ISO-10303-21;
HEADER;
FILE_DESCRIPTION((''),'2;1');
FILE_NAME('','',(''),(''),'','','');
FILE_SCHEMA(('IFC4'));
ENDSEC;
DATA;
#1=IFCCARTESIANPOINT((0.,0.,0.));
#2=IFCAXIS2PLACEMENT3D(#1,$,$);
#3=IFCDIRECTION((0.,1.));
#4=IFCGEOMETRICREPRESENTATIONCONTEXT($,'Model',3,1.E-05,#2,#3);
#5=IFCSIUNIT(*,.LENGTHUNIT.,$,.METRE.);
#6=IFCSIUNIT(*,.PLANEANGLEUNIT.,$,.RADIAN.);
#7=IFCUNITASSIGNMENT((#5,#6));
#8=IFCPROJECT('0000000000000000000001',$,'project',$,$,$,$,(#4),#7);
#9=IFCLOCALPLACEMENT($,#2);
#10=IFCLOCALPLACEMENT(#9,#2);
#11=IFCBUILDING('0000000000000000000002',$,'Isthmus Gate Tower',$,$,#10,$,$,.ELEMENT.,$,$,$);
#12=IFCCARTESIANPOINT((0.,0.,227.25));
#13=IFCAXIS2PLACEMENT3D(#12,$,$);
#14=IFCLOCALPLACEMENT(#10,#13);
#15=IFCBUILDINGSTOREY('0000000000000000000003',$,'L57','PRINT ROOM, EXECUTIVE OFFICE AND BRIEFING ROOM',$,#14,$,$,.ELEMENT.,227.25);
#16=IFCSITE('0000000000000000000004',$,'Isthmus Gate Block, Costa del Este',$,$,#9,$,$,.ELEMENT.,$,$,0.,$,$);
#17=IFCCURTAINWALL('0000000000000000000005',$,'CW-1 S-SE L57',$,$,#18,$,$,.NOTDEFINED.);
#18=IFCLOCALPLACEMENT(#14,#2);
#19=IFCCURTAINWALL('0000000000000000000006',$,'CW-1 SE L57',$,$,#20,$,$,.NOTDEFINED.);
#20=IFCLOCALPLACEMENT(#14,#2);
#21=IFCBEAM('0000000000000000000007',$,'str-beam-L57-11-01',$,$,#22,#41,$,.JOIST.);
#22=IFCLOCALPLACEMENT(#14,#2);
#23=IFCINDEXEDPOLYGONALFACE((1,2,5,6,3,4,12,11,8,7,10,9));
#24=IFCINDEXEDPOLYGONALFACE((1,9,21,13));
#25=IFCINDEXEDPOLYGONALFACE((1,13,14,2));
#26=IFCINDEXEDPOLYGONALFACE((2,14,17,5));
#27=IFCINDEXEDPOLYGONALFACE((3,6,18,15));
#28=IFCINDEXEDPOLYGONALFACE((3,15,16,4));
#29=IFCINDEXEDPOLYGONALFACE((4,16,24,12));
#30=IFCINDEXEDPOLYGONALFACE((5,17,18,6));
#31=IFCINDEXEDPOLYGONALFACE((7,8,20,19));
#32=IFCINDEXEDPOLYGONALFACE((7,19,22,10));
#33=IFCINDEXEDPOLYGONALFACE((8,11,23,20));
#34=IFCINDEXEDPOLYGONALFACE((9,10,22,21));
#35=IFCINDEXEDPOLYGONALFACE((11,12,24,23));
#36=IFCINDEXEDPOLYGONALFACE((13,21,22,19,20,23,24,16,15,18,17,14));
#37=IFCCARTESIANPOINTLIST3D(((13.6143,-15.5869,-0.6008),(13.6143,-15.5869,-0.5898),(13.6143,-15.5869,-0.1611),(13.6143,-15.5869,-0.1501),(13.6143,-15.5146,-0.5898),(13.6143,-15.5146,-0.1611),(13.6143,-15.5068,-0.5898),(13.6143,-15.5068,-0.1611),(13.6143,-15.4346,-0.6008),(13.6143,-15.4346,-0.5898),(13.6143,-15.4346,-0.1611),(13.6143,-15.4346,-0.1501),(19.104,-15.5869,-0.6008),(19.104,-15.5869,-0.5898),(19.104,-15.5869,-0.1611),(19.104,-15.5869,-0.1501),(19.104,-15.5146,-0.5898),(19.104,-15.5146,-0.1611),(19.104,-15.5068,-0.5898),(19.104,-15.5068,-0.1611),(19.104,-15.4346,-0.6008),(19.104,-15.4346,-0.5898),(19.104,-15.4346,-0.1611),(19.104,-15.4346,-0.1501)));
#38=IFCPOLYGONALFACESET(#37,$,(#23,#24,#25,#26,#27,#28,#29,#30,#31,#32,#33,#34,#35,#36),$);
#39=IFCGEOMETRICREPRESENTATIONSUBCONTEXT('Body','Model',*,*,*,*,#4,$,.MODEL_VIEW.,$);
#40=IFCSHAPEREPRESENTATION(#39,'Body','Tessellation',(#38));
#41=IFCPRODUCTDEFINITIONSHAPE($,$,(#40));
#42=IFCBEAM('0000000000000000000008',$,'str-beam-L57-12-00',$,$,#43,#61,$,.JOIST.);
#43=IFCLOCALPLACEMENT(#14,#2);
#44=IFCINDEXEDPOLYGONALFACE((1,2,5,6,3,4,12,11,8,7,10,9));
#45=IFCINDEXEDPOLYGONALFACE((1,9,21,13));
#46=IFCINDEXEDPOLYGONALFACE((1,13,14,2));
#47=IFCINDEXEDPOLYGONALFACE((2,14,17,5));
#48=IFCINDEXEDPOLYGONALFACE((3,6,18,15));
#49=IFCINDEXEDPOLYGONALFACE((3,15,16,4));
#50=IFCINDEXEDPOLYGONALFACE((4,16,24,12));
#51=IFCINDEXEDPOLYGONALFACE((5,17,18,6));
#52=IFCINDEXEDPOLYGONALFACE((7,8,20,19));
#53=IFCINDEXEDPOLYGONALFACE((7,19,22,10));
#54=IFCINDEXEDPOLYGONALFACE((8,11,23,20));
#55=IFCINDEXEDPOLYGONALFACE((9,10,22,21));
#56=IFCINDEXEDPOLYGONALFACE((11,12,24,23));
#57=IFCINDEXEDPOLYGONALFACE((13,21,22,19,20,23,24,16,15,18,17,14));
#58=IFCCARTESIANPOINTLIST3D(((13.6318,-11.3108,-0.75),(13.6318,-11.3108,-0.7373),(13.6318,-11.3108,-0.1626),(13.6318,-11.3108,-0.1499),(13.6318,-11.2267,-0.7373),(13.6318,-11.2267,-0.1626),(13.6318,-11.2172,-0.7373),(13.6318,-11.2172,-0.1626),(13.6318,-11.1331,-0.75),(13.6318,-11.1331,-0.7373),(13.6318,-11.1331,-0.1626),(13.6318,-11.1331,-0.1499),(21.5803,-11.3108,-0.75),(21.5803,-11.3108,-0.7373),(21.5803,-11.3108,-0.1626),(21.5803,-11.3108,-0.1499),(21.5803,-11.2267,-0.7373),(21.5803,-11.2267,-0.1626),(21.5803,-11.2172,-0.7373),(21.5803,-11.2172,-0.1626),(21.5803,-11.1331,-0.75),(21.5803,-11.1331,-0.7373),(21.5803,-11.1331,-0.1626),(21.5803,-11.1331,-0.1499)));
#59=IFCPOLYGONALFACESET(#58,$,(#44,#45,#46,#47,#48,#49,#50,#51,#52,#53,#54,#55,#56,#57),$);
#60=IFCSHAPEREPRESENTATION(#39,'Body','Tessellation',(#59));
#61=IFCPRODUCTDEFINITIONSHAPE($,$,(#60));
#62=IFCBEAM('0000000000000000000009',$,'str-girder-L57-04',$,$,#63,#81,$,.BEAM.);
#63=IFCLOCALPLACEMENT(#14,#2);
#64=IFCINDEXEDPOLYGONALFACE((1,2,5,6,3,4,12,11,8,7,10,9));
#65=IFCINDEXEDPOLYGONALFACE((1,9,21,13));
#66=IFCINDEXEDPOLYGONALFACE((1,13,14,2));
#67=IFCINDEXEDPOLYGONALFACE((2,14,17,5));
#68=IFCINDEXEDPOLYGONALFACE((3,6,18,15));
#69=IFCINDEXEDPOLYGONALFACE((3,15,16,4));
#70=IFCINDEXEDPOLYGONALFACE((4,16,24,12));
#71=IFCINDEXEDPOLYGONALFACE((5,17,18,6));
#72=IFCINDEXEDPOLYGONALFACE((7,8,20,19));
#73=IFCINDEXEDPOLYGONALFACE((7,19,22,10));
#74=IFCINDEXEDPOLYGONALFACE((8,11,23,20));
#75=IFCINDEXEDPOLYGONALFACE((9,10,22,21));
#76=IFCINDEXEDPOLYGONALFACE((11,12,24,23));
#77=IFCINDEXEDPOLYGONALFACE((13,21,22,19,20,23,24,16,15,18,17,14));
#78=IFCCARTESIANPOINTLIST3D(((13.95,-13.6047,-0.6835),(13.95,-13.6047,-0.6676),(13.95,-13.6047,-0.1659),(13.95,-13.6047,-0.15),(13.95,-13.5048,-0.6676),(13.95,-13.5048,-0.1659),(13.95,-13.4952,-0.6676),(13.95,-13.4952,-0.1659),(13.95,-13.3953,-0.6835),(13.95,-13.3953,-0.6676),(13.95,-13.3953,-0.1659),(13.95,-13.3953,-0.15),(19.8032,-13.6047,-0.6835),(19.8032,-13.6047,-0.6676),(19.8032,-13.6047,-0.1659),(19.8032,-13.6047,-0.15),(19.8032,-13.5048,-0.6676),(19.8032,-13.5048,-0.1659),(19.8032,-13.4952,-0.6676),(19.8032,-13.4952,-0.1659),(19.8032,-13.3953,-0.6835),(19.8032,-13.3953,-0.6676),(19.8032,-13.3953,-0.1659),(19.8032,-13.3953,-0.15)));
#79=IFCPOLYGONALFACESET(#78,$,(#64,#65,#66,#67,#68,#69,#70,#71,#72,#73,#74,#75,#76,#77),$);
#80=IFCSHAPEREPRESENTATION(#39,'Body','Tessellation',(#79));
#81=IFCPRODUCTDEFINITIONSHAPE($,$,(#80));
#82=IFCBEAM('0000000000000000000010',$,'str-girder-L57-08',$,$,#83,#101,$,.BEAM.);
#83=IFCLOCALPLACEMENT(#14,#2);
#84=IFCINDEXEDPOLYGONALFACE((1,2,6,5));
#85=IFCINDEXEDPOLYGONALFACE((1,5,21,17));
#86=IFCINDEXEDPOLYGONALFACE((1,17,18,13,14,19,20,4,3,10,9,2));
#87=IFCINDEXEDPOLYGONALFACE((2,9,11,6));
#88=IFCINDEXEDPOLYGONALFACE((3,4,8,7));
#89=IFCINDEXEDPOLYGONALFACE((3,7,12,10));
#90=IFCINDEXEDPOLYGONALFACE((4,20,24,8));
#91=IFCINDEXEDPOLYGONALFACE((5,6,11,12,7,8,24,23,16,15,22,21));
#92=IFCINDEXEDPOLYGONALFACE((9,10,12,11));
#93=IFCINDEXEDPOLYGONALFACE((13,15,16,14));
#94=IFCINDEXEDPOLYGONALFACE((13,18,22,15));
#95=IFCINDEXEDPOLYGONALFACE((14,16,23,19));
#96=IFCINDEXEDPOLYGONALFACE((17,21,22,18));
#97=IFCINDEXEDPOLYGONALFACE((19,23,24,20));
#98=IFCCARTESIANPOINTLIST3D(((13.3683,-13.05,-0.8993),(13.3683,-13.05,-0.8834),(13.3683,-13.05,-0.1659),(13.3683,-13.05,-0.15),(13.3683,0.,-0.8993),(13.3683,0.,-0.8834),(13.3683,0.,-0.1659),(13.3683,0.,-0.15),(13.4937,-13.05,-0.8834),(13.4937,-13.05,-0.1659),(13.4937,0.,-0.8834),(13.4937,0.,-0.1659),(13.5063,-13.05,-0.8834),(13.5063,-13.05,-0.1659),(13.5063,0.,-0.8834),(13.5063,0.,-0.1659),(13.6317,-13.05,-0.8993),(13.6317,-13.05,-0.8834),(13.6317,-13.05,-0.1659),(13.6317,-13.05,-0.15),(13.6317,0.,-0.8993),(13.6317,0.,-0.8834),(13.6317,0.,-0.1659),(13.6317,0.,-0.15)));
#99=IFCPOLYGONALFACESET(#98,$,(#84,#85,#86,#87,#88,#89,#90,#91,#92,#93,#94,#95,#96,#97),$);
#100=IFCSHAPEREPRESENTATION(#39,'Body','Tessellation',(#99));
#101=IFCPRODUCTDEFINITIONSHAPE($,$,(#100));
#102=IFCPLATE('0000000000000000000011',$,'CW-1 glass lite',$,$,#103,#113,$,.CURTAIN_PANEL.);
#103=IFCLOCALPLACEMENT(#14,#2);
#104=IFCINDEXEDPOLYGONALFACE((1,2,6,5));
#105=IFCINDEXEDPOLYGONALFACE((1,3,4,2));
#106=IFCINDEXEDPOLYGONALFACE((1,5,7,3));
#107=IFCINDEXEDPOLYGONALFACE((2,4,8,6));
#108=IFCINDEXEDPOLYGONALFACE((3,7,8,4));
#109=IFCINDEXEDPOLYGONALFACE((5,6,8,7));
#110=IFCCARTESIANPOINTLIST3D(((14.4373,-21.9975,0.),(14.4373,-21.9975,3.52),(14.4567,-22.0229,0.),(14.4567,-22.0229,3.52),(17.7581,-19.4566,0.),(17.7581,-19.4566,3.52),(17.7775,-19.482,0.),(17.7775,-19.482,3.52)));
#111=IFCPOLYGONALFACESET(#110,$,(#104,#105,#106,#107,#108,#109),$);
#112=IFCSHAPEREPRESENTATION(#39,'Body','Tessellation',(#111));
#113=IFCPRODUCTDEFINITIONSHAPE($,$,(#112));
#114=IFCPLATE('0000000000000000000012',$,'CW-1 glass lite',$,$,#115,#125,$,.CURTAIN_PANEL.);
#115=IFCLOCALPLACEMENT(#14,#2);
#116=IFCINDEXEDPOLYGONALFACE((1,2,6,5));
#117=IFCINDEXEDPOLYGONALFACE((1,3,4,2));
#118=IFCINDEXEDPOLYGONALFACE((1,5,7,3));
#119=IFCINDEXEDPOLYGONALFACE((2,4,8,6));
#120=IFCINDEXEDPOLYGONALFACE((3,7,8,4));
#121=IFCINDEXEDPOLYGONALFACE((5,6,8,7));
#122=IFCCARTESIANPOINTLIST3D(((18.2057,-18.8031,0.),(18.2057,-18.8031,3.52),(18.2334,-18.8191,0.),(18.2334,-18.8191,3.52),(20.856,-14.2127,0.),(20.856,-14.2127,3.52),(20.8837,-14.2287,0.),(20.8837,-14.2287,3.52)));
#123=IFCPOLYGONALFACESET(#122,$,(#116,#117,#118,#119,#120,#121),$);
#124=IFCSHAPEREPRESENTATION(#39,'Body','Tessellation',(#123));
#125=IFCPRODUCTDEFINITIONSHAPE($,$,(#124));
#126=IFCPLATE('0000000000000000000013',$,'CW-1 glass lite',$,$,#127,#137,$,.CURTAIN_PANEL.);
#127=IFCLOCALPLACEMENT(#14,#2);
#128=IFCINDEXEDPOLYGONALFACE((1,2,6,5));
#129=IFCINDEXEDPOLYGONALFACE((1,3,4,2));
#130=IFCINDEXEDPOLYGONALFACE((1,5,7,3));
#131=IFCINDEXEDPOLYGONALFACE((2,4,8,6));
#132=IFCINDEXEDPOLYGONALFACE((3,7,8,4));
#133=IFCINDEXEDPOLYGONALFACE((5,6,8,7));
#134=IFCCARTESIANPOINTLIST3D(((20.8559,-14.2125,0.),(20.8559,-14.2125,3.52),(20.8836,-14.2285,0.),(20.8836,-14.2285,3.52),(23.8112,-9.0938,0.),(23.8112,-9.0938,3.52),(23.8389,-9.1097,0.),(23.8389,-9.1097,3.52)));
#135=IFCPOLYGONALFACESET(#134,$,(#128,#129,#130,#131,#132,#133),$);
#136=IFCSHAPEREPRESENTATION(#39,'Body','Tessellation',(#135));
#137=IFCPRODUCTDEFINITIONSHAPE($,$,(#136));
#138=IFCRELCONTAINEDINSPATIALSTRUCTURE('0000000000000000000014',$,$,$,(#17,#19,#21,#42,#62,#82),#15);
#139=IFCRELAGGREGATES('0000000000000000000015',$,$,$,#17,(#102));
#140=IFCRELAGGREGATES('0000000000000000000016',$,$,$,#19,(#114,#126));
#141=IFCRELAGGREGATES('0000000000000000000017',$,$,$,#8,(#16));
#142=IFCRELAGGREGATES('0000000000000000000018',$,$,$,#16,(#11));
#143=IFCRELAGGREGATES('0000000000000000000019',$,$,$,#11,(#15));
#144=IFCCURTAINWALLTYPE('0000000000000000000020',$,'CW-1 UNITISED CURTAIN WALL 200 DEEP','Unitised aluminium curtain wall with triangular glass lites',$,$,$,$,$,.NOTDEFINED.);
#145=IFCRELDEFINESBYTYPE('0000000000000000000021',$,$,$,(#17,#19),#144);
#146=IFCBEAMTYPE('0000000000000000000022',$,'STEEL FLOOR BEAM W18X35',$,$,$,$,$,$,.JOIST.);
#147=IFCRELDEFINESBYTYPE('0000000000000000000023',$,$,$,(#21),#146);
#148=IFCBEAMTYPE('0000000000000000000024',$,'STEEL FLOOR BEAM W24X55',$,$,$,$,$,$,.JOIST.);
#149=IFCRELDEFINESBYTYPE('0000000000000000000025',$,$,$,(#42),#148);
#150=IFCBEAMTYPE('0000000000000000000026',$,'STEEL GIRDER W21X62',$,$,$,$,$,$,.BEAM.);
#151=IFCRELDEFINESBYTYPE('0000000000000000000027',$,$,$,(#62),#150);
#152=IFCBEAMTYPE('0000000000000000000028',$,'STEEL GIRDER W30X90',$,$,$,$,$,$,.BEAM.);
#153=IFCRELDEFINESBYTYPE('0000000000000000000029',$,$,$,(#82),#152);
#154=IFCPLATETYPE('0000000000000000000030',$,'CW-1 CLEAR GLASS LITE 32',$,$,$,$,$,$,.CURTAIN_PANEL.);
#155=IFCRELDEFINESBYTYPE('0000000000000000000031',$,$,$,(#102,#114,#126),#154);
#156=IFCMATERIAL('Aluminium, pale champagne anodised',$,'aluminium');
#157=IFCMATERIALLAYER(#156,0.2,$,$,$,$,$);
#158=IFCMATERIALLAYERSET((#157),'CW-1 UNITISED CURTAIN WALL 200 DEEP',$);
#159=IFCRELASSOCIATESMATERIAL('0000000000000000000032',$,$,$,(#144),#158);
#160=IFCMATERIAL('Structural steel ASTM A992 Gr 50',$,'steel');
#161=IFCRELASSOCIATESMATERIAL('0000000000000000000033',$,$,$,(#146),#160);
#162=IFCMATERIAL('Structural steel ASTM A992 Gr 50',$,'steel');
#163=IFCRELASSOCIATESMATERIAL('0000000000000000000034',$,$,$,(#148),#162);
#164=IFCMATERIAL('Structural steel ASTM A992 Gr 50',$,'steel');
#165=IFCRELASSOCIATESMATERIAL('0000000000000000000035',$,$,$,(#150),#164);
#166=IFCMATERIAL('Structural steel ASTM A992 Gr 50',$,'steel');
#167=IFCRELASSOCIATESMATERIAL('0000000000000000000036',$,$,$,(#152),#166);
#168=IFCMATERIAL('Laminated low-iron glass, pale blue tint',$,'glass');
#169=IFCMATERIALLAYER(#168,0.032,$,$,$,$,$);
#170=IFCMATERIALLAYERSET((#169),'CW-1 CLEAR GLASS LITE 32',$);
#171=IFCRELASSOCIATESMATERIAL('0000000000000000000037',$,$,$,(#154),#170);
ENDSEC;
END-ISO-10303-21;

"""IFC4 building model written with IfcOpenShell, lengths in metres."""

from ifc_helpers import new_model, si_unit, direction, frame, origin, origin_2d, place, context, subcontext, project, spatial, rectangle, i_section, extrude, material, layer, layer_set, material_profile, profile_set, type_object, element, aggregate, save


model = new_model("IFC4")

# Units and contexts
model_context = context("Model", 3, precision=1e-05, world=origin(), true_north=direction((0.0, 1.0)))
body_context = subcontext(model_context, "Body", "Model", "MODEL_VIEW")
ifc_project = project(units=[si_unit("LENGTHUNIT", "METRE"), si_unit("PLANEANGLEUNIT", "RADIAN")], contexts=[model_context])

# Site, building, storey
site_placement = place(None, origin())
site = spatial("IfcSite", under=ifc_project, at=site_placement, Name="Isthmus Gate Block, Costa del Este", CompositionType="ELEMENT", RefElevation=0.0)
building_placement = place(site_placement, origin())
building = spatial("IfcBuilding", under=site, at=building_placement, Name="Isthmus Gate Tower", CompositionType="ELEMENT")
storey_placement = place(building_placement, frame((0.0, 0.0, 227.25)))
storey = spatial("IfcBuildingStorey", under=building, at=storey_placement, Name="L57", Description="PRINT ROOM, EXECUTIVE OFFICE AND BRIEFING ROOM", CompositionType="ELEMENT", Elevation=227.25)

# Curtain walls
ifc_material_1 = material(Name="Aluminium, pale champagne anodised", Category="aluminium")
ifc_layer_1 = layer(ifc_material_1, 0.2)
ifc_layer_set_1 = layer_set([ifc_layer_1], Name="CW-1 UNITISED CURTAIN WALL 200 DEEP")
curtain_wall_type = type_object("IfcCurtainWallType", Name="CW-1 UNITISED CURTAIN WALL 200 DEEP", Description="Unitised aluminium curtain wall with triangular glass lites", PredefinedType="NOTDEFINED", material=ifc_layer_set_1)
curtain_wall_1_placement = place(storey_placement, origin())
curtain_wall_1 = element("IfcCurtainWall", 1, at=curtain_wall_1_placement, inside=storey, type_object=curtain_wall_type, Name="CW-1 S-SE L57", PredefinedType="NOTDEFINED")
curtain_wall_2_placement = place(storey_placement, origin())
curtain_wall_2 = element("IfcCurtainWall", 2, at=curtain_wall_2_placement, inside=storey, type_object=curtain_wall_type, Name="CW-1 SE L57", PredefinedType="NOTDEFINED")

# Beams
ifc_material_2 = material(Name="Structural steel ASTM A992 Gr 50", Category="steel")
ifc_material_profile_1 = material_profile(ifc_material_2, i_section(OverallWidth=0.1523, OverallDepth=0.4507, WebThickness=0.0078, FlangeThickness=0.011, at=origin_2d()), Name="W18X35")
ifc_profile_set_1 = profile_set([ifc_material_profile_1], Name="Structural steel ASTM A992 Gr 50")
beam_type_1 = type_object("IfcBeamType", Name="STEEL FLOOR BEAM W18X35", PredefinedType="JOIST", material=ifc_profile_set_1)
beam_1_placement = place(storey_placement, frame((13.6143, -15.5107, -0.3755), z_axis=(1.0, 0.0, 0.0), x_axis=(0.0, 1.0, 0.0)))
element("IfcBeam", 3, at=beam_1_placement, inside=storey, type_object=beam_type_1, Name="str-beam-L57-11-01", PredefinedType="JOIST", context=body_context, shape_type="SweptSolid", body=[
    extrude(i_section(OverallWidth=0.1523, OverallDepth=0.4507, WebThickness=0.0078, FlangeThickness=0.011, at=origin_2d()), origin(), (0.0, 0.0, 1.0), 5.4897),
])
ifc_material_3 = material(Name="Structural steel ASTM A992 Gr 50", Category="steel")
ifc_material_profile_2 = material_profile(ifc_material_3, i_section(OverallWidth=0.1777, OverallDepth=0.6001, WebThickness=0.0095, FlangeThickness=0.0127, at=origin_2d()), Name="W24X55")
ifc_profile_set_2 = profile_set([ifc_material_profile_2], Name="Structural steel ASTM A992 Gr 50")
beam_type_2 = type_object("IfcBeamType", Name="STEEL FLOOR BEAM W24X55", PredefinedType="JOIST", material=ifc_profile_set_2)
beam_2_placement = place(storey_placement, frame((13.6318, -11.2219, -0.45), z_axis=(1.0, 0.0, 0.0), x_axis=(0.0, 1.0, 0.0)))
element("IfcBeam", 4, at=beam_2_placement, inside=storey, type_object=beam_type_2, Name="str-beam-L57-12-00", PredefinedType="JOIST", context=body_context, shape_type="SweptSolid", body=[
    extrude(i_section(OverallWidth=0.1777, OverallDepth=0.6001, WebThickness=0.0095, FlangeThickness=0.0127, at=origin_2d()), origin(), (0.0, 0.0, 1.0), 7.9485),
])
ifc_material_4 = material(Name="Structural steel ASTM A992 Gr 50", Category="steel")
ifc_material_profile_3 = material_profile(ifc_material_4, i_section(OverallWidth=0.2095, OverallDepth=0.5334, WebThickness=0.0095, FlangeThickness=0.0159, at=origin_2d()), Name="W21X62")
ifc_profile_set_3 = profile_set([ifc_material_profile_3], Name="Structural steel ASTM A992 Gr 50")
beam_type_3 = type_object("IfcBeamType", Name="STEEL GIRDER W21X62", PredefinedType="BEAM", material=ifc_profile_set_3)
beam_3_placement = place(storey_placement, frame((13.95, -13.5, -0.4167), z_axis=(1.0, 0.0, 0.0), x_axis=(0.0, 1.0, 0.0)))
element("IfcBeam", 5, at=beam_3_placement, inside=storey, type_object=beam_type_3, Name="str-girder-L57-04", PredefinedType="BEAM", context=body_context, shape_type="SweptSolid", body=[
    extrude(i_section(OverallWidth=0.2095, OverallDepth=0.5334, WebThickness=0.0095, FlangeThickness=0.0159, at=origin_2d()), origin(), (0.0, 0.0, 1.0), 5.8533),
])
ifc_material_5 = material(Name="Structural steel ASTM A992 Gr 50", Category="steel")
ifc_material_profile_4 = material_profile(ifc_material_5, i_section(OverallWidth=0.2634, OverallDepth=0.7493, WebThickness=0.0127, FlangeThickness=0.0159, at=origin_2d()), Name="W30X90")
ifc_profile_set_4 = profile_set([ifc_material_profile_4], Name="Structural steel ASTM A992 Gr 50")
beam_type_4 = type_object("IfcBeamType", Name="STEEL GIRDER W30X90", PredefinedType="BEAM", material=ifc_profile_set_4)
beam_4_placement = place(storey_placement, frame((13.5, -13.05, -0.5247), z_axis=(0.0, 1.0, 0.0), x_axis=(-1.0, 0.0, 0.0)))
element("IfcBeam", 6, at=beam_4_placement, inside=storey, type_object=beam_type_4, Name="str-girder-L57-08", PredefinedType="BEAM", context=body_context, shape_type="SweptSolid", body=[
    extrude(i_section(OverallWidth=0.2634, OverallDepth=0.7493, WebThickness=0.0127, FlangeThickness=0.0159, at=origin_2d()), origin(), (0.0, 0.0, 1.0), 13.05),
])

# Plates
ifc_material_6 = material(Name="Laminated low-iron glass, pale blue tint", Category="glass")
ifc_layer_2 = layer(ifc_material_6, 0.032)
ifc_layer_set_2 = layer_set([ifc_layer_2], Name="CW-1 CLEAR GLASS LITE 32")
plate_type = type_object("IfcPlateType", Name="CW-1 CLEAR GLASS LITE 32", PredefinedType="CURTAIN_PANEL", material=ifc_layer_set_2)
plate_1_placement = place(storey_placement, frame((16.1074, -20.7397, 0.0), z_axis=(0.0, 0.0, 1.0), x_axis=(0.794189, 0.607671, 0.0)))
plate_1 = element("IfcPlate", 7, at=plate_1_placement, type_object=plate_type, Name="CW-1 glass lite", PredefinedType="CURTAIN_PANEL", context=body_context, shape_type="SweptSolid", body=[
    extrude(rectangle(XDim=4.1814, YDim=0.032, at=origin_2d()), origin(), (0.0, 0.0, 1.0), 3.52),
])
aggregate(curtain_wall_1, [plate_1])
plate_2_placement = place(storey_placement, frame((19.5447, -16.5159, 0.0), z_axis=(0.0, 0.0, 1.0), x_axis=(0.5, 0.866025, 0.0)))
plate_2 = element("IfcPlate", 8, at=plate_2_placement, type_object=plate_type, Name="CW-1 glass lite", PredefinedType="CURTAIN_PANEL", context=body_context, shape_type="SweptSolid", body=[
    extrude(rectangle(XDim=5.3005, YDim=0.032, at=origin_2d()), origin(), (0.0, 0.0, 1.0), 3.52),
])
plate_3_placement = place(storey_placement, frame((22.3474, -11.6611, 0.0), z_axis=(0.0, 0.0, 1.0), x_axis=(0.5, 0.866025, 0.0)))
plate_3 = element("IfcPlate", 9, at=plate_3_placement, type_object=plate_type, Name="CW-1 glass lite", PredefinedType="CURTAIN_PANEL", context=body_context, shape_type="SweptSolid", body=[
    extrude(rectangle(XDim=5.9106, YDim=0.032, at=origin_2d()), origin(), (0.0, 0.0, 1.0), 3.52),
])
aggregate(curtain_wall_2, [plate_2, plate_3])

save(model, "model.ifc")
